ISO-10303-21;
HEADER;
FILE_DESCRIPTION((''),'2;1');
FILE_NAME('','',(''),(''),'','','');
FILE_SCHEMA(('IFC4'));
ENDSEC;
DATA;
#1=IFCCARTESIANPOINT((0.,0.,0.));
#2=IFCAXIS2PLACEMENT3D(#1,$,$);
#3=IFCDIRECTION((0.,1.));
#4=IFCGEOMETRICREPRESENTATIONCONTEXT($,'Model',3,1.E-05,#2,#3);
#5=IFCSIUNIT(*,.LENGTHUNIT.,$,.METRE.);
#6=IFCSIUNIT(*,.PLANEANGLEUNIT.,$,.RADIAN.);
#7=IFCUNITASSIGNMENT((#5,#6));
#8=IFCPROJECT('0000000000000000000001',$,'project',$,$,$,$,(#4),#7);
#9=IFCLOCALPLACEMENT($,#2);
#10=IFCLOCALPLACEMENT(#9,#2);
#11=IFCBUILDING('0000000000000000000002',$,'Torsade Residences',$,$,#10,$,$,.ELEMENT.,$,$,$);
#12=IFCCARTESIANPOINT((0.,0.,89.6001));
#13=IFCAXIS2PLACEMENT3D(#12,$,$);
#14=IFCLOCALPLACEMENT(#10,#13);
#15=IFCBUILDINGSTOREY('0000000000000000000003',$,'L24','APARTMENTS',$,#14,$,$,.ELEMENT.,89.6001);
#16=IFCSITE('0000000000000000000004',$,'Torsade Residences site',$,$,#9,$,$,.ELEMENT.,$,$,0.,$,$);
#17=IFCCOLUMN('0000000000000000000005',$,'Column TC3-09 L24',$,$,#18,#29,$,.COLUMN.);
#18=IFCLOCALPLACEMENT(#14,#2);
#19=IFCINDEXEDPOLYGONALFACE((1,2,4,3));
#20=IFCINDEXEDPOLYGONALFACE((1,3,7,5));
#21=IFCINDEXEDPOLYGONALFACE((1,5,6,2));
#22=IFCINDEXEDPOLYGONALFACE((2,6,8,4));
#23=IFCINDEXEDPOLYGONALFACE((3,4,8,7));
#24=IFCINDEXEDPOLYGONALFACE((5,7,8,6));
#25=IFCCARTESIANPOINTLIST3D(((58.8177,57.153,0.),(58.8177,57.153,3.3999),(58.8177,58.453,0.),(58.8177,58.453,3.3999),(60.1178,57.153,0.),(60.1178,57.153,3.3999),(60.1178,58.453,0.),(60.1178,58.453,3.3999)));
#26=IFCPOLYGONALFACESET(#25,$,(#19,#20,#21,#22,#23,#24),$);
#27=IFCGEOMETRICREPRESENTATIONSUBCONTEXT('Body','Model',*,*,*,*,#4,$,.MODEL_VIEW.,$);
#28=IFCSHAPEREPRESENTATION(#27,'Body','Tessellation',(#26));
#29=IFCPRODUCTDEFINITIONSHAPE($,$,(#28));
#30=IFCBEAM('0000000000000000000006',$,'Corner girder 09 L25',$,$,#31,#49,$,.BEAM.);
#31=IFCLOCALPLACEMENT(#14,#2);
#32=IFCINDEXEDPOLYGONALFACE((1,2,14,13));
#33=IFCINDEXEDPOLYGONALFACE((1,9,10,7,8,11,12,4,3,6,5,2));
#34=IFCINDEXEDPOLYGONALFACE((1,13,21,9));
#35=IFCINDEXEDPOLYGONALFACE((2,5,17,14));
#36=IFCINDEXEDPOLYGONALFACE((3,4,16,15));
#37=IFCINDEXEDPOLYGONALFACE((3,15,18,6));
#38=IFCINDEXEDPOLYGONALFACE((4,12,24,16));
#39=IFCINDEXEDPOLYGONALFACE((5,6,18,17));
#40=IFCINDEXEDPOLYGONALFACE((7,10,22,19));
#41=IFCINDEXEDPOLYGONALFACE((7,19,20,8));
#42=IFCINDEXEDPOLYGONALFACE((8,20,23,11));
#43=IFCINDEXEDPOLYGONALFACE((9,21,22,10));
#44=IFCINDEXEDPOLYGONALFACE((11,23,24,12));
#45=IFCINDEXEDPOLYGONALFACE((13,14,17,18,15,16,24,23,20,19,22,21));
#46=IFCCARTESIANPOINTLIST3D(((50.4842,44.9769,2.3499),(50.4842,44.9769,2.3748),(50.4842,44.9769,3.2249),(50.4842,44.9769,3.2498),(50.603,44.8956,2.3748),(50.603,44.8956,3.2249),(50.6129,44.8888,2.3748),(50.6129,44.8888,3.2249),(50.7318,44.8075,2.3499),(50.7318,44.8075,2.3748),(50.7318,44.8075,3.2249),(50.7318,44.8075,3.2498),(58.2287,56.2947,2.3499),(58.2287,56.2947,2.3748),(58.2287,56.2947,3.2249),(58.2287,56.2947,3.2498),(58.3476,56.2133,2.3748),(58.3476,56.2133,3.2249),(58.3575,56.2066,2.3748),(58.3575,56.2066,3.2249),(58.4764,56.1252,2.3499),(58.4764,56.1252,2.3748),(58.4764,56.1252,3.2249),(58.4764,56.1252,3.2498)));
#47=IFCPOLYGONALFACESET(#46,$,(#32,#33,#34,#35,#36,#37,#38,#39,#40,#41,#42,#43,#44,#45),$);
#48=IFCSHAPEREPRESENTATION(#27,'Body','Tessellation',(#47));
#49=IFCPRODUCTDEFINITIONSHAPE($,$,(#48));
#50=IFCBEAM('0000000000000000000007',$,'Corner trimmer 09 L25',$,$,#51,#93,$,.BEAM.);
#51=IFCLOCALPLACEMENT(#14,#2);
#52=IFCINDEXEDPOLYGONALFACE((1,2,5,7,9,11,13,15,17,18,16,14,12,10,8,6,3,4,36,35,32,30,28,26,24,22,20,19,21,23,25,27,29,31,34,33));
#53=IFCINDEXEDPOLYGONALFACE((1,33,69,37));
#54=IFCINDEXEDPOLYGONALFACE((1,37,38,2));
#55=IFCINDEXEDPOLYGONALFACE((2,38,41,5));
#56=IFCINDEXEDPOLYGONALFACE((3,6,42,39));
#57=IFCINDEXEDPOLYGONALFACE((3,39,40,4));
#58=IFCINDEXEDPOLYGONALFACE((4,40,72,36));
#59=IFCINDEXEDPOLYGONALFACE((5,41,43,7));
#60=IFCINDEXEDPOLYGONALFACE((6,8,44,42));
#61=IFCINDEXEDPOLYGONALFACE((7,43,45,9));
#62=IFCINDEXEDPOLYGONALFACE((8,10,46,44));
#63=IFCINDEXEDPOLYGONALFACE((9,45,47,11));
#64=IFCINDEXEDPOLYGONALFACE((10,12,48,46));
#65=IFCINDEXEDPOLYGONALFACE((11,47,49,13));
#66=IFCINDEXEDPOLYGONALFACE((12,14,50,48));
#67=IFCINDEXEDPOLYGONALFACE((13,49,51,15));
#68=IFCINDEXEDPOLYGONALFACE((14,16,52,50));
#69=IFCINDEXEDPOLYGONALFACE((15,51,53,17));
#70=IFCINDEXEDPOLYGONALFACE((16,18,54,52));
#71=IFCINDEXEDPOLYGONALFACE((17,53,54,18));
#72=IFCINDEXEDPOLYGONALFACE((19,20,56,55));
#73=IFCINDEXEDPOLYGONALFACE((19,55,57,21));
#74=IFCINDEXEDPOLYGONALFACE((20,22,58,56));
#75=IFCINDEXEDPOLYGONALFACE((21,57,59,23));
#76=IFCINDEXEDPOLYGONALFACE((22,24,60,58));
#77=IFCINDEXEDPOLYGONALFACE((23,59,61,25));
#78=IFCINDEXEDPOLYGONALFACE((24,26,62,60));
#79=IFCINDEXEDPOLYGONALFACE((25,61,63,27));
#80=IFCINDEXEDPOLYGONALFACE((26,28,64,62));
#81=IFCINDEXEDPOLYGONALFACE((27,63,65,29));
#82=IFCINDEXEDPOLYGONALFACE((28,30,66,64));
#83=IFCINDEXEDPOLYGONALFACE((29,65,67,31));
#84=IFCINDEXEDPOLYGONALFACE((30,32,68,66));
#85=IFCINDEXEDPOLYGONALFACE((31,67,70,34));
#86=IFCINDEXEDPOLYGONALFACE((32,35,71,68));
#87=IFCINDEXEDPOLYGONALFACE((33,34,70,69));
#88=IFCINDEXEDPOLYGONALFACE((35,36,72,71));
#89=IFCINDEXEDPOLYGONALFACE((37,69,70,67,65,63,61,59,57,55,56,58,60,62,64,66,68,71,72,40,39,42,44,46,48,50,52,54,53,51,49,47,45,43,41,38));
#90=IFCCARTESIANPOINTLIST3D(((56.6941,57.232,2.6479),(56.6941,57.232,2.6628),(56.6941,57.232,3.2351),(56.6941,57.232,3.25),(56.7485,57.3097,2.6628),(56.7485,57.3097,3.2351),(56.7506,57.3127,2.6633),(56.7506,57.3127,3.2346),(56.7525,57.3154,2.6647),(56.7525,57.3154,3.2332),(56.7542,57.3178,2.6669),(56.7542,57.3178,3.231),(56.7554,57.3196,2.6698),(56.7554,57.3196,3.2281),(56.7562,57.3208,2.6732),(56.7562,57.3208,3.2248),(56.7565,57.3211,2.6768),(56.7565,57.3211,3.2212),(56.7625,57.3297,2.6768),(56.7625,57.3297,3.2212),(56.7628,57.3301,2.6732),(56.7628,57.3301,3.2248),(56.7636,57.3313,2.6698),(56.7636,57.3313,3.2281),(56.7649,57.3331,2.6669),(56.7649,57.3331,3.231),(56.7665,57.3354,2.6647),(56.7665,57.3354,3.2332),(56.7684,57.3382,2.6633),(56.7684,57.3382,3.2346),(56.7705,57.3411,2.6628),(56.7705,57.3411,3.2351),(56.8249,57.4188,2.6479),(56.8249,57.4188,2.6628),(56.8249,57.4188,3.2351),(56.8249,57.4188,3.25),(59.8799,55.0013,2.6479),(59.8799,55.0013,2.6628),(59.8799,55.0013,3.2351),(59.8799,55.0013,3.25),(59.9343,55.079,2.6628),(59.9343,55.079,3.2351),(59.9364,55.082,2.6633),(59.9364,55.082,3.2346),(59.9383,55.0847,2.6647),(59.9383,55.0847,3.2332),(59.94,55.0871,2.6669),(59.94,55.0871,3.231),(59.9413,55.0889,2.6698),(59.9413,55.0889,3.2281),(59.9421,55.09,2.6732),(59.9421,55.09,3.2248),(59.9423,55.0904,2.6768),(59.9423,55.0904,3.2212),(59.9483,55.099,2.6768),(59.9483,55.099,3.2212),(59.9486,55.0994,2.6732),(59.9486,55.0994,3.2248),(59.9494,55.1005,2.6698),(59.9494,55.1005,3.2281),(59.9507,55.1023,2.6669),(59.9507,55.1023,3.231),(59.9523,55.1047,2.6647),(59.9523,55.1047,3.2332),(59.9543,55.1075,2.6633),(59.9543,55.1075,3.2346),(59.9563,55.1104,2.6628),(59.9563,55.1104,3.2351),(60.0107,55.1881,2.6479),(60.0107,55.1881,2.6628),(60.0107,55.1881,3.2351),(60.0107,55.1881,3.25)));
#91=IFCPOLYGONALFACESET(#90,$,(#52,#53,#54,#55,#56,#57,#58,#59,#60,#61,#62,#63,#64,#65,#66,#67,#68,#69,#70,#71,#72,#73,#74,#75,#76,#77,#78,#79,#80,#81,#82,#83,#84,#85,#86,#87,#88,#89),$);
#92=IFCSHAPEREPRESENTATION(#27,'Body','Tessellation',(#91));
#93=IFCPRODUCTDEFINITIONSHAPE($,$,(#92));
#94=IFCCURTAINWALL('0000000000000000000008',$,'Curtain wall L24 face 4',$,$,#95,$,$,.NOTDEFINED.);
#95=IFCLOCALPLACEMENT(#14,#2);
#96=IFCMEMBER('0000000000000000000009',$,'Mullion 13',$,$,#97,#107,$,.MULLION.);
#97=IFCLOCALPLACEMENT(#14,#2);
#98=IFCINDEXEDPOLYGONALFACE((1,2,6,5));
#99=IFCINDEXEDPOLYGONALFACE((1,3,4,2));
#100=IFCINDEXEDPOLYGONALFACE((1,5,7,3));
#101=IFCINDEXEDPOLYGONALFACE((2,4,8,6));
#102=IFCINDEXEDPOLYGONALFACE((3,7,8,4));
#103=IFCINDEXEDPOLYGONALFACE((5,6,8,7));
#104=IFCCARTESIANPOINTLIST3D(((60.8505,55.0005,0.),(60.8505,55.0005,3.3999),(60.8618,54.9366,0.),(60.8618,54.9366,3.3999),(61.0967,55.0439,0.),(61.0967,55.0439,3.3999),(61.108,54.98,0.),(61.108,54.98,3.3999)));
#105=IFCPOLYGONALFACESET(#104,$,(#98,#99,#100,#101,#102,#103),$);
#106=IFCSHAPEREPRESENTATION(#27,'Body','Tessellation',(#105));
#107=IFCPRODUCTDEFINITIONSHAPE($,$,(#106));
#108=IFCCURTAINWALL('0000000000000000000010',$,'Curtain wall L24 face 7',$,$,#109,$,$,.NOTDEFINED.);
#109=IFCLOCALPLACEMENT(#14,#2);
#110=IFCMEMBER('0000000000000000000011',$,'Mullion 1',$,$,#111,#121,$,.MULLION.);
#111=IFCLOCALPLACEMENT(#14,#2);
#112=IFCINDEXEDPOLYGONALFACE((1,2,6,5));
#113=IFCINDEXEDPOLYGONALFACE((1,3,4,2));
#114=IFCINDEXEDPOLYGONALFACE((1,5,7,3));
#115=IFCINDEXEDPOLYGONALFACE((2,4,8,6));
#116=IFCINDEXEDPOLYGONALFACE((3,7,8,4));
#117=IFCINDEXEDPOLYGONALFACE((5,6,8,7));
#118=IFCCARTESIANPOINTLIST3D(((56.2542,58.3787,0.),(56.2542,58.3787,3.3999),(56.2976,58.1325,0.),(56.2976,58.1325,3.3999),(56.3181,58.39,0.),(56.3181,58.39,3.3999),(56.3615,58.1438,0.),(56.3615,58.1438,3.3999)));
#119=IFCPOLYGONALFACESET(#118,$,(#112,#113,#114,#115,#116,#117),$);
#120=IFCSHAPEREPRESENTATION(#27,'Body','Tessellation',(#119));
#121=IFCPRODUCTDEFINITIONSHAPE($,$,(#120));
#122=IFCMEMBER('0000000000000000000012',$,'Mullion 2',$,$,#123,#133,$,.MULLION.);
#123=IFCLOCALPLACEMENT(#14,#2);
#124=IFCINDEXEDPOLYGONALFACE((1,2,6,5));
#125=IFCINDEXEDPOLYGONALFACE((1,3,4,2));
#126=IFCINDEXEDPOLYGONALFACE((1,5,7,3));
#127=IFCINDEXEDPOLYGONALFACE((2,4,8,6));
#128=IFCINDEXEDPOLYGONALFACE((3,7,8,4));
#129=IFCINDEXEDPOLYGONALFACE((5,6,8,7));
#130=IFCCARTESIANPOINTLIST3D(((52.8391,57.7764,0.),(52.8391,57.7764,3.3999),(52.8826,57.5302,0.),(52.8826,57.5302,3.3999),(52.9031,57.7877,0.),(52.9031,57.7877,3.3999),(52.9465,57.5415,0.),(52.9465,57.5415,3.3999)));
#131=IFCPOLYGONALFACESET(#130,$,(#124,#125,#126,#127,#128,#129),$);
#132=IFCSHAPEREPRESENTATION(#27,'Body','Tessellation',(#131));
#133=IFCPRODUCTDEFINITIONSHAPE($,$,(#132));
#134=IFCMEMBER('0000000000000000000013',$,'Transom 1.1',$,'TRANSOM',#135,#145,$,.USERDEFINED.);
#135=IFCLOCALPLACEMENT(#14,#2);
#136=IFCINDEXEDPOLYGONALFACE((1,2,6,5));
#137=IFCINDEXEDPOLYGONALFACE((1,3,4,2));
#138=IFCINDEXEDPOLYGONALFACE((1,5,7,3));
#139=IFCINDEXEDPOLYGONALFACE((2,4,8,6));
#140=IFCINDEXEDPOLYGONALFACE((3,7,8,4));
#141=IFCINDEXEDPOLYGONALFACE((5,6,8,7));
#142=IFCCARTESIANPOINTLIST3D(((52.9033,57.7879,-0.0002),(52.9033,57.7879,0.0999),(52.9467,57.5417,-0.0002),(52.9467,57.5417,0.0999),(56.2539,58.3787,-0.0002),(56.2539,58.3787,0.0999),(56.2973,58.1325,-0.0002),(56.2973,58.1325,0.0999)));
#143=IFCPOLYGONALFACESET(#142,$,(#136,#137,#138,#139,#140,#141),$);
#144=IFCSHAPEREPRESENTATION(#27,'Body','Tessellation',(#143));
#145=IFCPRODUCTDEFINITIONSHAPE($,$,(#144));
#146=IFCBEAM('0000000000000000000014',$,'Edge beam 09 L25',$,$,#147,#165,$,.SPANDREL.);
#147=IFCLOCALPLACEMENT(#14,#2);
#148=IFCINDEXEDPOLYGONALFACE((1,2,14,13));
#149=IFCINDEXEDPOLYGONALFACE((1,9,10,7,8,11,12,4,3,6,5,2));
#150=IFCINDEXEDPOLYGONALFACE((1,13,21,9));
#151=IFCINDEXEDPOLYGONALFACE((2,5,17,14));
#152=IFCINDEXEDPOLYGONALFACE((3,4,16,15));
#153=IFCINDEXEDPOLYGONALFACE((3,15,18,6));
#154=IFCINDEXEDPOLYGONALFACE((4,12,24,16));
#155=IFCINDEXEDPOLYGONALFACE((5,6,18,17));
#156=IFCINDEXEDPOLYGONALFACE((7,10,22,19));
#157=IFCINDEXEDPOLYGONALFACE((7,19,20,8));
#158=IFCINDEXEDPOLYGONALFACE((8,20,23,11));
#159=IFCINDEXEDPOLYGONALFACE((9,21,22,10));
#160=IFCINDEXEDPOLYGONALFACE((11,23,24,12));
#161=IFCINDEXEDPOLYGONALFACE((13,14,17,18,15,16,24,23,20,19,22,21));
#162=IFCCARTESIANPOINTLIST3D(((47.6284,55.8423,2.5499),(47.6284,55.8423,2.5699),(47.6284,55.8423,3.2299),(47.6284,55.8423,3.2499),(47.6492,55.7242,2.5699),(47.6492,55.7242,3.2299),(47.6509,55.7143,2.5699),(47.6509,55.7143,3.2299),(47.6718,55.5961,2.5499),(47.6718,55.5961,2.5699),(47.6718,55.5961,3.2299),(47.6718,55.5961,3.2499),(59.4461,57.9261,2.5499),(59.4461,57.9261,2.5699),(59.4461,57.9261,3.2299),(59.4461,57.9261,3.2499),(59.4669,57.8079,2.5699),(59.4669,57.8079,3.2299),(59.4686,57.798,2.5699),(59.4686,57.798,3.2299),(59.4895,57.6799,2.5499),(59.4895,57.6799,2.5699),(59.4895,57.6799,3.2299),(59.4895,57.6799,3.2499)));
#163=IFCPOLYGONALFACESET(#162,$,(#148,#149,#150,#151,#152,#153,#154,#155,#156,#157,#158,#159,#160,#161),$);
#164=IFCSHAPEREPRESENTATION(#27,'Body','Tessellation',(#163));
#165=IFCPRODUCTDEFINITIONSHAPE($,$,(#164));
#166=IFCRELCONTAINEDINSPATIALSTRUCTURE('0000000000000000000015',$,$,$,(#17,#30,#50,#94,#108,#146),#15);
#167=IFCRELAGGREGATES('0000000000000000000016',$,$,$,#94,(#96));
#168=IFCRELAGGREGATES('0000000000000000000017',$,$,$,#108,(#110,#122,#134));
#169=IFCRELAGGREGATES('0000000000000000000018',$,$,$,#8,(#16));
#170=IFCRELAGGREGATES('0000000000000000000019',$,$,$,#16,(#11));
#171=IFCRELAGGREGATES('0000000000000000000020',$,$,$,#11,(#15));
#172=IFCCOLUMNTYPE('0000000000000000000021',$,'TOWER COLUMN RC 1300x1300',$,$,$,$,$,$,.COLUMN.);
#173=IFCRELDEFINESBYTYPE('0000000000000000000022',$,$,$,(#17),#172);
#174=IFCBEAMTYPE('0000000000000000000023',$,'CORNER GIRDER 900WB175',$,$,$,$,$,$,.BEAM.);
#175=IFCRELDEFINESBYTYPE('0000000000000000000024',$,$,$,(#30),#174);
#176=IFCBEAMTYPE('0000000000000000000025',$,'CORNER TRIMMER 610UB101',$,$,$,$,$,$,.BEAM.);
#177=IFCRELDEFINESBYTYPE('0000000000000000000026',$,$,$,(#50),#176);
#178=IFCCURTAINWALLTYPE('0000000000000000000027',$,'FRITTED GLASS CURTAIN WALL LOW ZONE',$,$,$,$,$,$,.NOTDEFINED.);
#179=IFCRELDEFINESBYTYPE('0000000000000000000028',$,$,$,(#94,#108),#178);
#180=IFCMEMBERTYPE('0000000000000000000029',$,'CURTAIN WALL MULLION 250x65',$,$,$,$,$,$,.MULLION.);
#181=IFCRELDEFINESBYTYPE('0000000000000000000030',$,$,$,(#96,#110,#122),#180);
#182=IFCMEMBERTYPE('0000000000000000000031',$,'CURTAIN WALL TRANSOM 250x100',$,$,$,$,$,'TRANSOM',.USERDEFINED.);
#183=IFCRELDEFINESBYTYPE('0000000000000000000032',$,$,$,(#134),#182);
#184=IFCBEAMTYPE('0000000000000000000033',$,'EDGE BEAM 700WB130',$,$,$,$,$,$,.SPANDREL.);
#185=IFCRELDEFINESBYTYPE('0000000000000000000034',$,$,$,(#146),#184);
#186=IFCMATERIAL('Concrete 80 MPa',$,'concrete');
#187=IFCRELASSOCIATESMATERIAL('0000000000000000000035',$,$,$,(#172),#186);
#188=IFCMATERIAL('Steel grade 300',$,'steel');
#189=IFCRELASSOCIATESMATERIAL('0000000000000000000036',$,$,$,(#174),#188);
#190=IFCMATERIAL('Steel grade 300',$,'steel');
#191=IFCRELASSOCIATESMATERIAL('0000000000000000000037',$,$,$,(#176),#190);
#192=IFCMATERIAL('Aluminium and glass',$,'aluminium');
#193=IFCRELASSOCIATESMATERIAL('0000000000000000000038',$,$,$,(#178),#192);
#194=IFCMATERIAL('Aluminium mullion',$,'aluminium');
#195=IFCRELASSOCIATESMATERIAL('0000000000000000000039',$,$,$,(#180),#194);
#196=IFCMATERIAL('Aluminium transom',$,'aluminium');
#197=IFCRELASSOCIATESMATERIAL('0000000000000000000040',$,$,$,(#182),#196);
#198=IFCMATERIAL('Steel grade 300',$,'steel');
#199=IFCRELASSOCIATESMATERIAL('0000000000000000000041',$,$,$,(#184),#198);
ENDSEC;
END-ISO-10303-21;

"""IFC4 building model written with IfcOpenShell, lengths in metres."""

from ifc_helpers import new_model, si_unit, direction, frame, origin, origin_2d, place, context, subcontext, project, spatial, rectangle, i_section, extrude, material, material_profile, profile_set, type_object, element, aggregate, save


model = new_model("IFC4")

# Units and contexts
model_context = context("Model", 3, precision=1e-05, world=origin(), true_north=direction((0.0, 1.0)))
body_context = subcontext(model_context, "Body", "Model", "MODEL_VIEW")
ifc_project = project(units=[si_unit("LENGTHUNIT", "METRE"), si_unit("PLANEANGLEUNIT", "RADIAN")], contexts=[model_context])

# Site, building, storey
site_placement = place(None, origin())
site = spatial("IfcSite", under=ifc_project, at=site_placement, Name="Torsade Residences site", CompositionType="ELEMENT", RefElevation=0.0)
building_placement = place(site_placement, origin())
building = spatial("IfcBuilding", under=site, at=building_placement, Name="Torsade Residences", CompositionType="ELEMENT")
storey_placement = place(building_placement, frame((0.0, 0.0, 89.6001)))
storey = spatial("IfcBuildingStorey", under=building, at=storey_placement, Name="L24", Description="APARTMENTS", CompositionType="ELEMENT", Elevation=89.6001)

# Column
ifc_material_1 = material(Name="Concrete 80 MPa", Category="concrete")
ifc_material_profile_1 = material_profile(ifc_material_1, rectangle(XDim=1.3, YDim=1.3, at=origin_2d()), Name="RC 1300x1300")
ifc_profile_set_1 = profile_set([ifc_material_profile_1], Name="Concrete 80 MPa")
column_type = type_object("IfcColumnType", Name="TOWER COLUMN RC 1300x1300", PredefinedType="COLUMN", material=ifc_profile_set_1)
column_placement = place(storey_placement, frame((59.4678, 57.803, 0.0), z_axis=(0.0, 0.0, 1.0), x_axis=(1.0, 0.0, 0.0)))
element("IfcColumn", 1, at=column_placement, inside=storey, type_object=column_type, Name="Column TC3-09 L24", PredefinedType="COLUMN", context=body_context, shape_type="SweptSolid", body=[
    extrude(rectangle(XDim=1.3, YDim=1.3, at=origin_2d()), origin(), (0.0, 0.0, 1.0), 3.3999),
])

# Beams
ifc_material_2 = material(Name="Steel grade 300", Category="steel")
ifc_material_profile_2 = material_profile(ifc_material_2, i_section(OverallWidth=0.3, OverallDepth=0.8999, WebThickness=0.012, FlangeThickness=0.0249, at=origin_2d()), Name="900WB175")
ifc_profile_set_2 = profile_set([ifc_material_profile_2], Name="Steel grade 300")
beam_type_1 = type_object("IfcBeamType", Name="CORNER GIRDER 900WB175", PredefinedType="BEAM", material=ifc_profile_set_2)
beam_1_placement = place(storey_placement, frame((58.3525, 56.21, 2.7998), z_axis=(-0.564725, -0.825279, 0.0), x_axis=(0.825279, -0.564725, 0.0)))
element("IfcBeam", 2, at=beam_1_placement, inside=storey, type_object=beam_type_1, Name="Corner girder 09 L25", PredefinedType="BEAM", context=body_context, shape_type="SweptSolid", body=[
    extrude(i_section(OverallWidth=0.3, OverallDepth=0.8999, WebThickness=0.012, FlangeThickness=0.0249, at=origin_2d()), origin(), (0.0, 0.0, 1.0), 13.7139),
])
ifc_material_3 = material(Name="Steel grade 300", Category="steel")
ifc_material_profile_3 = material_profile(ifc_material_3, i_section(OverallWidth=0.228, OverallDepth=0.6021, WebThickness=0.0105, FlangeThickness=0.0149, FilletRadius=0.0139, at=origin_2d()), Name="610UB101")
ifc_profile_set_3 = profile_set([ifc_material_profile_3], Name="Steel grade 300")
beam_type_2 = type_object("IfcBeamType", Name="CORNER TRIMMER 610UB101", PredefinedType="BEAM", material=ifc_profile_set_3)
beam_2_placement = place(storey_placement, frame((56.7595, 57.3254, 2.949), z_axis=(0.819152, -0.573576, 0.0), x_axis=(0.573576, 0.819152, 0.0)))
element("IfcBeam", 3, at=beam_2_placement, inside=storey, type_object=beam_type_2, Name="Corner trimmer 09 L25", PredefinedType="BEAM", context=body_context, shape_type="SweptSolid", body=[
    extrude(i_section(OverallWidth=0.228, OverallDepth=0.6021, WebThickness=0.0105, FlangeThickness=0.0149, FilletRadius=0.0139, at=origin_2d()), origin(), (0.0, 0.0, 1.0), 3.8892),
])

# Curtain wall, member
ifc_material_4 = material(Name="Aluminium and glass", Category="aluminium")
curtain_wall_type = type_object("IfcCurtainWallType", Name="FRITTED GLASS CURTAIN WALL LOW ZONE", PredefinedType="NOTDEFINED", material=ifc_material_4)
curtain_wall_1_placement = place(storey_placement, origin())
curtain_wall_1 = element("IfcCurtainWall", 4, at=curtain_wall_1_placement, inside=storey, type_object=curtain_wall_type, Name="Curtain wall L24 face 4", PredefinedType="NOTDEFINED")
ifc_material_5 = material(Name="Aluminium mullion", Category="aluminium")
ifc_material_profile_4 = material_profile(ifc_material_5, rectangle(XDim=0.25, YDim=0.0649, at=origin_2d()), Name="CURTAIN WALL MULLION 250x65")
ifc_profile_set_4 = profile_set([ifc_material_profile_4], Name="Aluminium mullion")
member_type_1 = type_object("IfcMemberType", Name="CURTAIN WALL MULLION 250x65", PredefinedType="MULLION", material=ifc_profile_set_4)
member_1_placement = place(storey_placement, frame((60.9792, 54.9902, 0.0), z_axis=(0.0, 0.0, 1.0), x_axis=(-0.984808, -0.173648, 0.0)))
member_1 = element("IfcMember", 5, at=member_1_placement, type_object=member_type_1, Name="Mullion 13", PredefinedType="MULLION", context=body_context, shape_type="SweptSolid", body=[
    extrude(rectangle(XDim=0.25, YDim=0.0649, at=origin_2d()), origin(), (0.0, 0.0, 1.0), 3.3999),
])
aggregate(curtain_wall_1, [member_1])

# Curtain wall, members
curtain_wall_2_placement = place(storey_placement, origin())
curtain_wall_2 = element("IfcCurtainWall", 6, at=curtain_wall_2_placement, inside=storey, type_object=curtain_wall_type, Name="Curtain wall L24 face 7", PredefinedType="NOTDEFINED")
member_2_placement = place(storey_placement, frame((56.3079, 58.2612, 0.0), z_axis=(0.0, 0.0, 1.0), x_axis=(0.173648, -0.984808, 0.0)))
member_2 = element("IfcMember", 7, at=member_2_placement, type_object=member_type_1, Name="Mullion 1", PredefinedType="MULLION", context=body_context, shape_type="SweptSolid", body=[
    extrude(rectangle(XDim=0.25, YDim=0.0649, at=origin_2d()), origin(), (0.0, 0.0, 1.0), 3.3999),
])
member_3_placement = place(storey_placement, frame((52.8928, 57.6589, 0.0), z_axis=(0.0, 0.0, 1.0), x_axis=(0.173648, -0.984808, 0.0)))
member_3 = element("IfcMember", 8, at=member_3_placement, type_object=member_type_1, Name="Mullion 2", PredefinedType="MULLION", context=body_context, shape_type="SweptSolid", body=[
    extrude(rectangle(XDim=0.25, YDim=0.0649, at=origin_2d()), origin(), (0.0, 0.0, 1.0), 3.3999),
])
ifc_material_6 = material(Name="Aluminium transom", Category="aluminium")
ifc_material_profile_5 = material_profile(ifc_material_6, rectangle(XDim=0.25, YDim=0.1001, at=origin_2d()), Name="CURTAIN WALL TRANSOM 250x100")
ifc_profile_set_5 = profile_set([ifc_material_profile_5], Name="Aluminium transom")
member_type_2 = type_object("IfcMemberType", Name="CURTAIN WALL TRANSOM 250x100", ElementType="TRANSOM", PredefinedType="USERDEFINED", material=ifc_profile_set_5)
member_4_placement = place(storey_placement, frame((56.2756, 58.2556, 0.0498), z_axis=(-0.984807, -0.173654, 0.0), x_axis=(0.173654, -0.984807, 0.0)))
member_4 = element("IfcMember", 9, at=member_4_placement, type_object=member_type_2, Name="Transom 1.1", ObjectType="TRANSOM", PredefinedType="USERDEFINED", context=body_context, shape_type="SweptSolid", body=[
    extrude(rectangle(XDim=0.25, YDim=0.1001, at=origin_2d()), origin(), (0.0, 0.0, 1.0), 3.4023),
])

# Beam
ifc_material_7 = material(Name="Steel grade 300", Category="steel")
ifc_material_profile_6 = material_profile(ifc_material_7, i_section(OverallWidth=0.25, OverallDepth=0.7, WebThickness=0.01, FlangeThickness=0.02, at=origin_2d()), Name="700WB130")
ifc_profile_set_6 = profile_set([ifc_material_profile_6], Name="Steel grade 300")
beam_type_3 = type_object("IfcBeamType", Name="EDGE BEAM 700WB130", PredefinedType="SPANDREL", material=ifc_profile_set_6)
beam_3_placement = place(storey_placement, frame((59.4678, 57.803, 2.8999), z_axis=(-0.984808, -0.173646, 0.0), x_axis=(0.173646, -0.984808, 0.0)))
element("IfcBeam", 10, at=beam_3_placement, inside=storey, type_object=beam_type_3, Name="Edge beam 09 L25", PredefinedType="SPANDREL", context=body_context, shape_type="SweptSolid", body=[
    extrude(i_section(OverallWidth=0.25, OverallDepth=0.7, WebThickness=0.01, FlangeThickness=0.02, at=origin_2d()), origin(), (0.0, 0.0, 1.0), 12.0),
])

aggregate(curtain_wall_2, [member_2, member_3, member_4])

save(model, "model.ifc")
